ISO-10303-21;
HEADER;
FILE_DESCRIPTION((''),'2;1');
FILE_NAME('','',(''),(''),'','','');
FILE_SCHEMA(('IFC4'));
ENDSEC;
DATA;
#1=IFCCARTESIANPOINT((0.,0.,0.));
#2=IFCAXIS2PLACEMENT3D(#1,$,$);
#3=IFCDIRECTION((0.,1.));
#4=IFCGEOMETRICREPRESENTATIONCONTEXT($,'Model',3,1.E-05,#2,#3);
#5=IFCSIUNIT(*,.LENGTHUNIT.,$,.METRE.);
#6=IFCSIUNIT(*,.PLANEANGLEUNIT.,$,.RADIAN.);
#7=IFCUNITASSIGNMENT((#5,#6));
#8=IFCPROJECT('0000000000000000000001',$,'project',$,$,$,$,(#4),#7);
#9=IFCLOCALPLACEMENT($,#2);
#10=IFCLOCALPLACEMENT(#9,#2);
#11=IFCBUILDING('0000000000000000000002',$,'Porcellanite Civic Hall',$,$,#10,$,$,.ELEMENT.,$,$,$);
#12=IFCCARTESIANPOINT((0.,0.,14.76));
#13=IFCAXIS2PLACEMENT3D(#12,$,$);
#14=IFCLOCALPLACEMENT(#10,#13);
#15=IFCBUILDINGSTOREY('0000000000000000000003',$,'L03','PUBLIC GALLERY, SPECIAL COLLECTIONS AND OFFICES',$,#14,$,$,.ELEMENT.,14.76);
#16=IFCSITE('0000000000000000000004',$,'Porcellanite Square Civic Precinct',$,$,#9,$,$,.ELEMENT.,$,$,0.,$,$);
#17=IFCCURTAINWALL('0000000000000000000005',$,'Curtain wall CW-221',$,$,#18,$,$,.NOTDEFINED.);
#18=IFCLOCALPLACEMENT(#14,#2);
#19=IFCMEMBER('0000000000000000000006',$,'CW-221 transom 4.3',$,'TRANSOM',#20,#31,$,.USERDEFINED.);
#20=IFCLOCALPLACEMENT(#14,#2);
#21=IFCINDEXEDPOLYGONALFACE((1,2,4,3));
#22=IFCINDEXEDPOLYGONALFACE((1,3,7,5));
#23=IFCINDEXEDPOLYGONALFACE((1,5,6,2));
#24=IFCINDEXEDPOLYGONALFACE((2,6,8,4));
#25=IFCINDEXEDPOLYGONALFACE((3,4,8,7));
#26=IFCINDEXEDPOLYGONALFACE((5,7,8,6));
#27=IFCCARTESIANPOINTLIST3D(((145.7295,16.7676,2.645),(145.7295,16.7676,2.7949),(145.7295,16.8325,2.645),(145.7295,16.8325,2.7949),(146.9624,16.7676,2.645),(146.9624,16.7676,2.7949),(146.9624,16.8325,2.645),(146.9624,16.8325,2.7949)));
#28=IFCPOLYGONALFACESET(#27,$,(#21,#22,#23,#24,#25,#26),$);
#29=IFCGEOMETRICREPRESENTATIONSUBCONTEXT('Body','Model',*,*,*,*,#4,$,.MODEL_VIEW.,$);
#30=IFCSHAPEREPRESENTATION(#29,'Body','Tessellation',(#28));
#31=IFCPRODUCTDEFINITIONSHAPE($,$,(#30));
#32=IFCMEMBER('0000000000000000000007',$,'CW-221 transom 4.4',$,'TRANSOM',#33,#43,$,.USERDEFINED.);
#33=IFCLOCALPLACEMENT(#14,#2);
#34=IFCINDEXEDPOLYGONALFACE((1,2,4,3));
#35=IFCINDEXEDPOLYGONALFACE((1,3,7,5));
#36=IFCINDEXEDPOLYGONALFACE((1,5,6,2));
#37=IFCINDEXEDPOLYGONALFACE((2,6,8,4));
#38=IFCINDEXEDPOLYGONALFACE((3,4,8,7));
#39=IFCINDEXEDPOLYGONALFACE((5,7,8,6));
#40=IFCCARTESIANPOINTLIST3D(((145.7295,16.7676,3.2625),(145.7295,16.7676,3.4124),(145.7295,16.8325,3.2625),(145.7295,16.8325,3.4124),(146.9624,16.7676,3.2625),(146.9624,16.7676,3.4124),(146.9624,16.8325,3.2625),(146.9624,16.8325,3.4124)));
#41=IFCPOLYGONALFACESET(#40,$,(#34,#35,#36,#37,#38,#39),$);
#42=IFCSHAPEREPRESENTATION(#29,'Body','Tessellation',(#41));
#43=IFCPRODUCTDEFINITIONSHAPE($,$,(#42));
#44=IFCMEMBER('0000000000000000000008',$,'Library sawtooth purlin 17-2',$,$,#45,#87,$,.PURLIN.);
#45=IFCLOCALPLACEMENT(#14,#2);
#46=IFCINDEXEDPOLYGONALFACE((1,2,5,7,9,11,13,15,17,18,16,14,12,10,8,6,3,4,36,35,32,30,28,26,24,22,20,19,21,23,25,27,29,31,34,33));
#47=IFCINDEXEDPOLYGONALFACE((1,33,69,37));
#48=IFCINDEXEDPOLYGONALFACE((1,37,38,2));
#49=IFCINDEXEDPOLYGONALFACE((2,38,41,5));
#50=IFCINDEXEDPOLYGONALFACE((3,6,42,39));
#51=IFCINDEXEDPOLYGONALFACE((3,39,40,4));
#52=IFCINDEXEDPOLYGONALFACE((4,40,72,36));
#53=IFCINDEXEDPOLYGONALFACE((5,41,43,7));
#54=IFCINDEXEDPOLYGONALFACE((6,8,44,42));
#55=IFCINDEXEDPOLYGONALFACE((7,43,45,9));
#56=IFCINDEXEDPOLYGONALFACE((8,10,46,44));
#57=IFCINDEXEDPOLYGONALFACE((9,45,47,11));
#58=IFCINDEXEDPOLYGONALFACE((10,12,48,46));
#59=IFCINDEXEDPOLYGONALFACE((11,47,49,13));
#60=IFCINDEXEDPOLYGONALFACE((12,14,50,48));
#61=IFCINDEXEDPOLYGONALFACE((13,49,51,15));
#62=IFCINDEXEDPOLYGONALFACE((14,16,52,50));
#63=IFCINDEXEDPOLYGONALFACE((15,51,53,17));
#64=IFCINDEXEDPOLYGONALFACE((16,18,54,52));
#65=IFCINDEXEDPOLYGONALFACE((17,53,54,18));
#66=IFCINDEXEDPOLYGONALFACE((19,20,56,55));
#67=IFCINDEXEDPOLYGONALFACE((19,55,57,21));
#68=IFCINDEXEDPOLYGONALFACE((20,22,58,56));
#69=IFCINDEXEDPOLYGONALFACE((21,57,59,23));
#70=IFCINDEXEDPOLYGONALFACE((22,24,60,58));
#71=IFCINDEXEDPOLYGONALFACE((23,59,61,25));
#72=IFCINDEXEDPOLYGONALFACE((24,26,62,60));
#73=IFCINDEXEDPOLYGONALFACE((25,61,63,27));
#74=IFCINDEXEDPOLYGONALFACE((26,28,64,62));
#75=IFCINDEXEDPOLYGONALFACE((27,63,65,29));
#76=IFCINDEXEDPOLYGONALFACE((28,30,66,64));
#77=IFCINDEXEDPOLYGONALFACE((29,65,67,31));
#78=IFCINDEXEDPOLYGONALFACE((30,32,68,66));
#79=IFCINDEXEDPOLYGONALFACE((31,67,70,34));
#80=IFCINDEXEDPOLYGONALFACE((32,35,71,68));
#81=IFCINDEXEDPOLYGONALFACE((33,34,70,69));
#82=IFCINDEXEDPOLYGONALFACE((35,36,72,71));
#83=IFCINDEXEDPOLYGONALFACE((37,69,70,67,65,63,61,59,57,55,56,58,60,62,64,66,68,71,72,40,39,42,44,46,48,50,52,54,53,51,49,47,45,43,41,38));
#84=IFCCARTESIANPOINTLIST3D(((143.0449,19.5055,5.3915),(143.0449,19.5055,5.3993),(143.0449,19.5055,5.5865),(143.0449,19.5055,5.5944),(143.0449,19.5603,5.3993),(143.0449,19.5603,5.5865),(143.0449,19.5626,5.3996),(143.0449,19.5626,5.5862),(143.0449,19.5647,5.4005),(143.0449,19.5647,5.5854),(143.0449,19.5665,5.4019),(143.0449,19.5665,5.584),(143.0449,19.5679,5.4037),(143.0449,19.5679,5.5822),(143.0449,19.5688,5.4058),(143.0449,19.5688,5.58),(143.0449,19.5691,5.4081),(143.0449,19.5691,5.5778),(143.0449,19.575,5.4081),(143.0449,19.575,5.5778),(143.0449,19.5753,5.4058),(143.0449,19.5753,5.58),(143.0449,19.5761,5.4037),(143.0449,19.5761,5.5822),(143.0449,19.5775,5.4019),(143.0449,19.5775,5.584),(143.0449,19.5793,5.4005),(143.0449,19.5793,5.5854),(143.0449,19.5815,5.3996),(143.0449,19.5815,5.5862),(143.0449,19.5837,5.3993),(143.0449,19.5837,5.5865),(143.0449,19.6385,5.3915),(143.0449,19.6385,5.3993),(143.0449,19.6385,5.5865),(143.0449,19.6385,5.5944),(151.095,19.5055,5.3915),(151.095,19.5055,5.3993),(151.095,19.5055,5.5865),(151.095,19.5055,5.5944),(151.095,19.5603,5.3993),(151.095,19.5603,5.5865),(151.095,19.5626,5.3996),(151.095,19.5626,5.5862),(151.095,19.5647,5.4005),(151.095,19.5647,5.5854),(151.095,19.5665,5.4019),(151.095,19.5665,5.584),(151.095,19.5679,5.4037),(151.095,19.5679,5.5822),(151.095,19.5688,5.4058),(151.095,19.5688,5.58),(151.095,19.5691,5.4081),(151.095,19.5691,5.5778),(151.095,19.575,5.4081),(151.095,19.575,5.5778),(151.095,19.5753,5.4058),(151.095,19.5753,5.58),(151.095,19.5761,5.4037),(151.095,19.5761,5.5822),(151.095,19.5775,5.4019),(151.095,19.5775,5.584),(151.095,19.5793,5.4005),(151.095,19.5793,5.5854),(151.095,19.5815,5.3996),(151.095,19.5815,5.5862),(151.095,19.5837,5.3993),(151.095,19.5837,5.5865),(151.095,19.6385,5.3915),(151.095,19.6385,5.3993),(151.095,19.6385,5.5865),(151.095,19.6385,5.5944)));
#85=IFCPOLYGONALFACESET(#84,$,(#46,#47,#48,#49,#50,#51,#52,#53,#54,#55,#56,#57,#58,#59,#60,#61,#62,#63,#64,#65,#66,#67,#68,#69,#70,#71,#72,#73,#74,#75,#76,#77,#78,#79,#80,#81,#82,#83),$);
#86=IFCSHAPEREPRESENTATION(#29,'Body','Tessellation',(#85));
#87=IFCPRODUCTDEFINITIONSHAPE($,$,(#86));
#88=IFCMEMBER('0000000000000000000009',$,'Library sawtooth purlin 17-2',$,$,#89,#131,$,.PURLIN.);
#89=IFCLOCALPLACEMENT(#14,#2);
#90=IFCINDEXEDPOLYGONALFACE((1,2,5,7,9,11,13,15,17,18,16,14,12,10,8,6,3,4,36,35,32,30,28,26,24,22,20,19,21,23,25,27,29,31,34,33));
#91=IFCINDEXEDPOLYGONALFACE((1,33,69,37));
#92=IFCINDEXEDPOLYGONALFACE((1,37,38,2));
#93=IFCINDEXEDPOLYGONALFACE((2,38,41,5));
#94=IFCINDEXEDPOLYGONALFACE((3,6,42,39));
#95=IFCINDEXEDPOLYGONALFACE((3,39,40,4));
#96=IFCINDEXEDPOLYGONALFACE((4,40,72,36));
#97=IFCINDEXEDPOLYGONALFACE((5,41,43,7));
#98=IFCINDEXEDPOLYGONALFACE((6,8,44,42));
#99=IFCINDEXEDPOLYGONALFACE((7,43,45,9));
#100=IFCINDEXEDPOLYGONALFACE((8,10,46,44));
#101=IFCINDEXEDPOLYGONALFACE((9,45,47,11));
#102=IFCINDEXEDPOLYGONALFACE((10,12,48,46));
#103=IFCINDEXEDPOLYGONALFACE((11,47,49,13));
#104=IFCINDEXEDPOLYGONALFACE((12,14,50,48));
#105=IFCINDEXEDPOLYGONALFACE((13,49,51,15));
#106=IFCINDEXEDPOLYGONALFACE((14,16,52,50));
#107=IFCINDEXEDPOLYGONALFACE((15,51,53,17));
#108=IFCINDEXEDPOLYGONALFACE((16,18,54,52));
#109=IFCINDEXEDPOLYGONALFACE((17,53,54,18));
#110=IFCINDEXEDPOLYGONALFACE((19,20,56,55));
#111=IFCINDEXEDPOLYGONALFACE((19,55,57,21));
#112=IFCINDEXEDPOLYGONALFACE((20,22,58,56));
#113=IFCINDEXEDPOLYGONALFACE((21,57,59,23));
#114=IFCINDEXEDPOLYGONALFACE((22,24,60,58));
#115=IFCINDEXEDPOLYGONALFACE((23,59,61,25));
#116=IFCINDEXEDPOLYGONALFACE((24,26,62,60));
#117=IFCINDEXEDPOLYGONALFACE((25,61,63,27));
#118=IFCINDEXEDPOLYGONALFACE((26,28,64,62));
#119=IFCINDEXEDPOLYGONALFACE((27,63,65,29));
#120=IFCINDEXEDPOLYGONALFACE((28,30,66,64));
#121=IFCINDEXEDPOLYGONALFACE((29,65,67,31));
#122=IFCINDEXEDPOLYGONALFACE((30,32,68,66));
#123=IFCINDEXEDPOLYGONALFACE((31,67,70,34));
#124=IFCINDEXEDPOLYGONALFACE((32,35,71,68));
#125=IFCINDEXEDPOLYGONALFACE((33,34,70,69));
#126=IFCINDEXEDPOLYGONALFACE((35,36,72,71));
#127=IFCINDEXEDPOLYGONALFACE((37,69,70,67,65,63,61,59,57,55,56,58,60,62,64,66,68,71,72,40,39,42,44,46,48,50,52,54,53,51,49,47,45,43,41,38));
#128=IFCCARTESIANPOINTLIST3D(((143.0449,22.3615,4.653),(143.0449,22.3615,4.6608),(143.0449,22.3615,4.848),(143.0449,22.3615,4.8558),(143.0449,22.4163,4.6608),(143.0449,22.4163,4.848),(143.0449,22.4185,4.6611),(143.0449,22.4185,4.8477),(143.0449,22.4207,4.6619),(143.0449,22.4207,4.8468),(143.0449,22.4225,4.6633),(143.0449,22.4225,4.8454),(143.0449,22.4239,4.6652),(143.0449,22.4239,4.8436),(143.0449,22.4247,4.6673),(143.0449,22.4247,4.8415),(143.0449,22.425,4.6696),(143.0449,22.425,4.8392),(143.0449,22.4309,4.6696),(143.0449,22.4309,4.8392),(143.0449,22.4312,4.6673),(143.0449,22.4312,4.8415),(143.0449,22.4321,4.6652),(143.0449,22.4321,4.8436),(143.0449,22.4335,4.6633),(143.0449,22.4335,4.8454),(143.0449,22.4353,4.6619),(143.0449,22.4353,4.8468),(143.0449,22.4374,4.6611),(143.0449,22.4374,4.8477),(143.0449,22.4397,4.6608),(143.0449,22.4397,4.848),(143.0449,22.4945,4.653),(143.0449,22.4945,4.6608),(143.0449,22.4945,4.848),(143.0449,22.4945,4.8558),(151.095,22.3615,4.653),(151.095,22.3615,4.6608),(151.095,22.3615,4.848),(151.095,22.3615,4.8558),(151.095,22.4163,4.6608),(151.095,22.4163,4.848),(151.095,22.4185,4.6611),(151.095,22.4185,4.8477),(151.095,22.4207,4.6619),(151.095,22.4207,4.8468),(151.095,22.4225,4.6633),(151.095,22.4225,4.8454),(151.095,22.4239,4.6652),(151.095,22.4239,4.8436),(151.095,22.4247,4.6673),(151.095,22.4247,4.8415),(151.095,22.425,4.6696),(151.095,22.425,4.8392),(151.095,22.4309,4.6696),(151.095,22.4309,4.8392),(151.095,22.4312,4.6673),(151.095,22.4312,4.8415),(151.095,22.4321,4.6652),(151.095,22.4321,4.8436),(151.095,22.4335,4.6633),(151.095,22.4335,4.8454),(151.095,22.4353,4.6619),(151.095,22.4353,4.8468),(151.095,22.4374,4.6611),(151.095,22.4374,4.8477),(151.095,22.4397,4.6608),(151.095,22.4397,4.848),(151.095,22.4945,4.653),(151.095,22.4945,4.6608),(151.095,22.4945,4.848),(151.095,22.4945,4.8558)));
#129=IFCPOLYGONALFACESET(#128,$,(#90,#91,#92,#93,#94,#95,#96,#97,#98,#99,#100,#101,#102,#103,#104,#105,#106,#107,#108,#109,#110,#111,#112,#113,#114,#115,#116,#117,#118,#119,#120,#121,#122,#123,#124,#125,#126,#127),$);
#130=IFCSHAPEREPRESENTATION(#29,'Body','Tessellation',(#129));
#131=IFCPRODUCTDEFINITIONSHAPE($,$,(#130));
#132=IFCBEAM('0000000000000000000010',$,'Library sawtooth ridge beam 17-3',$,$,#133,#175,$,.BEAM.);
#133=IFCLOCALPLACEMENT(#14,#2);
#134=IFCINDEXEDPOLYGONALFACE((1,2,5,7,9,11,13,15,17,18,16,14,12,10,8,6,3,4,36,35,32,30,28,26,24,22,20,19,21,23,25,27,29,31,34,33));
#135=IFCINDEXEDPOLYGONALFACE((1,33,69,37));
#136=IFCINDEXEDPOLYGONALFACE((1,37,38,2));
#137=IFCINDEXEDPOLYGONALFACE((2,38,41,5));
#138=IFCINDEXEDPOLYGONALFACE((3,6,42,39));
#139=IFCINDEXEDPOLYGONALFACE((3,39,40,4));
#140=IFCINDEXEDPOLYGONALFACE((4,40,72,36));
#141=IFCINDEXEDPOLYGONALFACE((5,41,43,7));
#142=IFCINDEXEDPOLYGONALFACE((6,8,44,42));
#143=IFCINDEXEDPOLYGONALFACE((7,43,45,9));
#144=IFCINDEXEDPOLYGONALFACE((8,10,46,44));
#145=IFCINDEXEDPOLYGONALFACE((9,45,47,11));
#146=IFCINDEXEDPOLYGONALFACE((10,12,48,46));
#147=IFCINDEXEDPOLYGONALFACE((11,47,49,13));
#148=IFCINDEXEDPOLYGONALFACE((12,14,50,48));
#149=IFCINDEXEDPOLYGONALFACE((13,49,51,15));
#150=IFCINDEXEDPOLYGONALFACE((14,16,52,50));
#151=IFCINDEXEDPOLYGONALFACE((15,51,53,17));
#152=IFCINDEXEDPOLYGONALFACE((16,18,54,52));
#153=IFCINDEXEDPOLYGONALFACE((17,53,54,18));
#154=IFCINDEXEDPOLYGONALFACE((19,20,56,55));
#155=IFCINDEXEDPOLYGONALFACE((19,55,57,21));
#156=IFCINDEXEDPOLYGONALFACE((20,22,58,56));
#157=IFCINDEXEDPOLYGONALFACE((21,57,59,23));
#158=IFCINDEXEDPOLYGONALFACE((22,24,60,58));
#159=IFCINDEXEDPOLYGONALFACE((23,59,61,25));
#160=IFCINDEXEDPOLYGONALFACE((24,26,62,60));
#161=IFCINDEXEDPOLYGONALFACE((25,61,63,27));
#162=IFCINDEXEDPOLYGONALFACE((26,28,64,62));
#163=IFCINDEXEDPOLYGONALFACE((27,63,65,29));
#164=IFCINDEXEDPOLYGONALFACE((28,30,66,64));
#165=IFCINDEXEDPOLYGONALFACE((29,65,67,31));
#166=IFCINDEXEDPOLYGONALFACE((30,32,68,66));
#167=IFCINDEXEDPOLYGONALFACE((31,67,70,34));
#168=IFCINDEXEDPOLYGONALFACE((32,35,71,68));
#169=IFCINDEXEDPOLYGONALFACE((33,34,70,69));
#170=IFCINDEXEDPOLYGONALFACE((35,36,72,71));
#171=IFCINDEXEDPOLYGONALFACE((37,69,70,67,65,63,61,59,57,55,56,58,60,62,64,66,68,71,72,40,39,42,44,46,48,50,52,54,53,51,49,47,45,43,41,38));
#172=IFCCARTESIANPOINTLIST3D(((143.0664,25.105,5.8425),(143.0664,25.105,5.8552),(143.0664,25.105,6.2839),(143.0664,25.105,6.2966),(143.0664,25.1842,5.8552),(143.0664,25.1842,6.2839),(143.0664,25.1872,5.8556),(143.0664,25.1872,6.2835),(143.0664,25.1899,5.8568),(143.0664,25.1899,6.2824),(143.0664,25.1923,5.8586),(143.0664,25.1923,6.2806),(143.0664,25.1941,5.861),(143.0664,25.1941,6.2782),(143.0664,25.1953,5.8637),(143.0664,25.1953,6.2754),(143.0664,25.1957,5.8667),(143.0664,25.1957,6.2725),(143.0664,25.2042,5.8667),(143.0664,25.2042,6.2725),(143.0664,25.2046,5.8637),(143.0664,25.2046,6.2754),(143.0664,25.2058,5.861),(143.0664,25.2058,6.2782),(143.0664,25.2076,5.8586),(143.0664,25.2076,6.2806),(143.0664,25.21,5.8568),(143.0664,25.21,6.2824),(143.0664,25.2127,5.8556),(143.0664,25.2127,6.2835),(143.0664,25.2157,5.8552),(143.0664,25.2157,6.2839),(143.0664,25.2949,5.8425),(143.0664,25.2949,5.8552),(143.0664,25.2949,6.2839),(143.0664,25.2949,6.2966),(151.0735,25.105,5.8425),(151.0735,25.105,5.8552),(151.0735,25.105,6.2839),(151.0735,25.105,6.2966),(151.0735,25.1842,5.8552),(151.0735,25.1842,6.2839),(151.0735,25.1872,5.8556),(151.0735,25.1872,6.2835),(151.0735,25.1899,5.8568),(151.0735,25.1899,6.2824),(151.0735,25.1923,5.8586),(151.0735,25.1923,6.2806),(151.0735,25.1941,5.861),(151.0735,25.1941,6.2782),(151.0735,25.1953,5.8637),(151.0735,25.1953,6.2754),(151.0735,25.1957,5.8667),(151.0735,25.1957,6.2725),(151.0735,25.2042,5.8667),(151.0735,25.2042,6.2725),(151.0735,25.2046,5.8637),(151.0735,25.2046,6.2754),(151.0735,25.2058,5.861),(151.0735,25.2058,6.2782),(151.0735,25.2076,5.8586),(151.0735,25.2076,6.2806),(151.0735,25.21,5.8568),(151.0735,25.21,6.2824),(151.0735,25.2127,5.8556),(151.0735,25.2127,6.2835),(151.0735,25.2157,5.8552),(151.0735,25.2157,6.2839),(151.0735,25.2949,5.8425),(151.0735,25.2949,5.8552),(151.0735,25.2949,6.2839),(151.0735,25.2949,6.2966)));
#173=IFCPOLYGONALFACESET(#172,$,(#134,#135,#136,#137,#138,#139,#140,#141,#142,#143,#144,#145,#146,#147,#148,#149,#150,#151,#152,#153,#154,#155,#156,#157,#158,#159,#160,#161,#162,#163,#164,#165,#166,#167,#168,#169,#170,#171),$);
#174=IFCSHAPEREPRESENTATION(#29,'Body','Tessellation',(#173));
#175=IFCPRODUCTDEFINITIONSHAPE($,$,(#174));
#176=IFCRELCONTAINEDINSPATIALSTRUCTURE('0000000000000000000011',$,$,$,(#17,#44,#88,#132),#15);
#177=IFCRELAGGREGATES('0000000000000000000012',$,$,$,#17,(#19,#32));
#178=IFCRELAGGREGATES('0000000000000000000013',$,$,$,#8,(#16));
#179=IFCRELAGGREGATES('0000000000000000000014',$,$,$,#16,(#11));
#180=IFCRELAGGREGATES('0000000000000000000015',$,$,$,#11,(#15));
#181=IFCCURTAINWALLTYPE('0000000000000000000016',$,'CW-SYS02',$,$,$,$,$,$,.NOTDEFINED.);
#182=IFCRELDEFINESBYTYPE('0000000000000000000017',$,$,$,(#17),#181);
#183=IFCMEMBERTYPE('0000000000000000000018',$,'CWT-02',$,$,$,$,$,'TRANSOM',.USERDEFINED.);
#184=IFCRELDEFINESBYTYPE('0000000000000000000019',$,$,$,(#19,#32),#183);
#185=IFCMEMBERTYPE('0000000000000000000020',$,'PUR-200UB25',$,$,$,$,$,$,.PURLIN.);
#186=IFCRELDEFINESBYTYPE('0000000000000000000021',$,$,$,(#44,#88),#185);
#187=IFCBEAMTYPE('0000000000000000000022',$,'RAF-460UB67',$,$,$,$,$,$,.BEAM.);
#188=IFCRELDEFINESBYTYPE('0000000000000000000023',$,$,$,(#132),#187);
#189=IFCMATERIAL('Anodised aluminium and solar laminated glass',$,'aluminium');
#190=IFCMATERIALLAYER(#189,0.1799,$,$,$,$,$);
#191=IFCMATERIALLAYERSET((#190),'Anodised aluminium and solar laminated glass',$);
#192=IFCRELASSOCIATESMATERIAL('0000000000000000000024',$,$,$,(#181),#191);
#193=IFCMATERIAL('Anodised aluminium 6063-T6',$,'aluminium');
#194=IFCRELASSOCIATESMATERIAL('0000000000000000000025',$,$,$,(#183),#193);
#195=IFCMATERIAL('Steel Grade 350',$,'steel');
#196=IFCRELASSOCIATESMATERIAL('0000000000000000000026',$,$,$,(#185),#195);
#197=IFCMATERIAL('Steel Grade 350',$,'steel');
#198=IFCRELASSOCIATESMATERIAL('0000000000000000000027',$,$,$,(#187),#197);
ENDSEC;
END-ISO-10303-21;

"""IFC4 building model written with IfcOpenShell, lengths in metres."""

from ifc_helpers import new_model, si_unit, direction, frame, origin, origin_2d, place, context, subcontext, project, spatial, rectangle, i_section, extrude, material, layer, layer_set, material_profile, profile_set, type_object, element, aggregate, save


model = new_model("IFC4")

# Units and contexts
model_context = context("Model", 3, precision=1e-05, world=origin(), true_north=direction((0.0, 1.0)))
body_context = subcontext(model_context, "Body", "Model", "MODEL_VIEW")
ifc_project = project(units=[si_unit("LENGTHUNIT", "METRE"), si_unit("PLANEANGLEUNIT", "RADIAN")], contexts=[model_context])

# Site, building, storey
site_placement = place(None, origin())
site = spatial("IfcSite", under=ifc_project, at=site_placement, Name="Porcellanite Square Civic Precinct", CompositionType="ELEMENT", RefElevation=0.0)
building_placement = place(site_placement, origin())
building = spatial("IfcBuilding", under=site, at=building_placement, Name="Porcellanite Civic Hall", CompositionType="ELEMENT")
storey_placement = place(building_placement, frame((0.0, 0.0, 14.76)))
storey = spatial("IfcBuildingStorey", under=building, at=storey_placement, Name="L03", Description="PUBLIC GALLERY, SPECIAL COLLECTIONS AND OFFICES", CompositionType="ELEMENT", Elevation=14.76)

# Curtain wall, members
ifc_material_1 = material(Name="Anodised aluminium and solar laminated glass", Category="aluminium")
ifc_layer_1 = layer(ifc_material_1, 0.1799)
ifc_layer_set_1 = layer_set([ifc_layer_1], Name="Anodised aluminium and solar laminated glass")
curtain_wall_type = type_object("IfcCurtainWallType", Name="CW-SYS02", PredefinedType="NOTDEFINED", material=ifc_layer_set_1)
curtain_wall_placement = place(storey_placement, origin())
curtain_wall = element("IfcCurtainWall", 1, at=curtain_wall_placement, inside=storey, type_object=curtain_wall_type, Name="Curtain wall CW-221", PredefinedType="NOTDEFINED")
ifc_material_2 = material(Name="Anodised aluminium 6063-T6", Category="aluminium")
ifc_material_profile_1 = material_profile(ifc_material_2, rectangle(XDim=0.0649, YDim=0.1499, at=origin_2d()), Name="AL-65x150")
ifc_profile_set_1 = profile_set([ifc_material_profile_1], Name="Anodised aluminium 6063-T6")
member_type_1 = type_object("IfcMemberType", Name="CWT-02", ElementType="TRANSOM", PredefinedType="USERDEFINED", material=ifc_profile_set_1)
member_1_placement = place(storey_placement, frame((146.9624, 16.8, 2.72), z_axis=(-1.0, 0.0, 0.0), x_axis=(0.0, -1.0, 0.0)))
member_1 = element("IfcMember", 2, at=member_1_placement, type_object=member_type_1, Name="CW-221 transom 4.3", ObjectType="TRANSOM", PredefinedType="USERDEFINED", context=body_context, shape_type="SweptSolid", body=[
    extrude(rectangle(XDim=0.0649, YDim=0.1499, at=origin_2d()), origin(), (0.0, 0.0, 1.0), 1.2329),
])
member_2_placement = place(storey_placement, frame((146.9624, 16.8, 3.3374), z_axis=(-1.0, 0.0, 0.0), x_axis=(0.0, -1.0, 0.0)))
member_2 = element("IfcMember", 3, at=member_2_placement, type_object=member_type_1, Name="CW-221 transom 4.4", ObjectType="TRANSOM", PredefinedType="USERDEFINED", context=body_context, shape_type="SweptSolid", body=[
    extrude(rectangle(XDim=0.0649, YDim=0.1499, at=origin_2d()), origin(), (0.0, 0.0, 1.0), 1.2329),
])

# Members
ifc_material_3 = material(Name="Steel Grade 350", Category="steel")
ifc_material_profile_2 = material_profile(ifc_material_3, i_section(OverallWidth=0.1331, OverallDepth=0.2029, WebThickness=0.0059, FlangeThickness=0.0078, FilletRadius=0.0088, at=origin_2d()), Name="200UB25.4")
ifc_profile_set_2 = profile_set([ifc_material_profile_2], Name="Steel Grade 350")
member_type_2 = type_object("IfcMemberType", Name="PUR-200UB25", PredefinedType="PURLIN", material=ifc_profile_set_2)
for number, where, z_axis, x_axis, name in (
    (4, (143.0449, 19.572, 5.4929), (1.0, 0.0, 0.0), (0.0, 1.0, 0.0), "Library sawtooth purlin 17-2"),
    (5, (143.0449, 22.428, 4.7544), (1.0, 0.0, 0.0), (0.0, 1.0, 0.0), "Library sawtooth purlin 17-2"),
):
    element("IfcMember", number, at=place(storey_placement, frame(where, z_axis=z_axis, x_axis=x_axis)), inside=storey, type_object=member_type_2, Name=name, PredefinedType="PURLIN", context=body_context, shape_type="SweptSolid", body=[
        extrude(i_section(OverallWidth=0.1331, OverallDepth=0.2029, WebThickness=0.0059, FlangeThickness=0.0078, FilletRadius=0.0088, at=origin_2d()), origin(), (0.0, 0.0, 1.0), 8.05),
    ])

# Beam
ifc_material_4 = material(Name="Steel Grade 350", Category="steel")
ifc_material_profile_3 = material_profile(ifc_material_4, i_section(OverallWidth=0.1899, OverallDepth=0.4541, WebThickness=0.0085, FlangeThickness=0.0127, FilletRadius=0.0115, at=origin_2d()), Name="460UB67.1")
ifc_profile_set_3 = profile_set([ifc_material_profile_3], Name="Steel Grade 350")
beam_type_1 = type_object("IfcBeamType", Name="RAF-460UB67", PredefinedType="BEAM", material=ifc_profile_set_3)
beam_placement = place(storey_placement, frame((143.0664, 25.2, 6.0696), z_axis=(1.0, 0.0, 0.0), x_axis=(0.0, 1.0, 0.0)))
element("IfcBeam", 6, at=beam_placement, inside=storey, type_object=beam_type_1, Name="Library sawtooth ridge beam 17-3", PredefinedType="BEAM", context=body_context, shape_type="SweptSolid", body=[
    extrude(i_section(OverallWidth=0.1899, OverallDepth=0.4541, WebThickness=0.0085, FlangeThickness=0.0127, FilletRadius=0.0115, at=origin_2d()), origin(), (0.0, 0.0, 1.0), 8.0071),
])

aggregate(curtain_wall, [member_1, member_2])

save(model, "model.ifc")
